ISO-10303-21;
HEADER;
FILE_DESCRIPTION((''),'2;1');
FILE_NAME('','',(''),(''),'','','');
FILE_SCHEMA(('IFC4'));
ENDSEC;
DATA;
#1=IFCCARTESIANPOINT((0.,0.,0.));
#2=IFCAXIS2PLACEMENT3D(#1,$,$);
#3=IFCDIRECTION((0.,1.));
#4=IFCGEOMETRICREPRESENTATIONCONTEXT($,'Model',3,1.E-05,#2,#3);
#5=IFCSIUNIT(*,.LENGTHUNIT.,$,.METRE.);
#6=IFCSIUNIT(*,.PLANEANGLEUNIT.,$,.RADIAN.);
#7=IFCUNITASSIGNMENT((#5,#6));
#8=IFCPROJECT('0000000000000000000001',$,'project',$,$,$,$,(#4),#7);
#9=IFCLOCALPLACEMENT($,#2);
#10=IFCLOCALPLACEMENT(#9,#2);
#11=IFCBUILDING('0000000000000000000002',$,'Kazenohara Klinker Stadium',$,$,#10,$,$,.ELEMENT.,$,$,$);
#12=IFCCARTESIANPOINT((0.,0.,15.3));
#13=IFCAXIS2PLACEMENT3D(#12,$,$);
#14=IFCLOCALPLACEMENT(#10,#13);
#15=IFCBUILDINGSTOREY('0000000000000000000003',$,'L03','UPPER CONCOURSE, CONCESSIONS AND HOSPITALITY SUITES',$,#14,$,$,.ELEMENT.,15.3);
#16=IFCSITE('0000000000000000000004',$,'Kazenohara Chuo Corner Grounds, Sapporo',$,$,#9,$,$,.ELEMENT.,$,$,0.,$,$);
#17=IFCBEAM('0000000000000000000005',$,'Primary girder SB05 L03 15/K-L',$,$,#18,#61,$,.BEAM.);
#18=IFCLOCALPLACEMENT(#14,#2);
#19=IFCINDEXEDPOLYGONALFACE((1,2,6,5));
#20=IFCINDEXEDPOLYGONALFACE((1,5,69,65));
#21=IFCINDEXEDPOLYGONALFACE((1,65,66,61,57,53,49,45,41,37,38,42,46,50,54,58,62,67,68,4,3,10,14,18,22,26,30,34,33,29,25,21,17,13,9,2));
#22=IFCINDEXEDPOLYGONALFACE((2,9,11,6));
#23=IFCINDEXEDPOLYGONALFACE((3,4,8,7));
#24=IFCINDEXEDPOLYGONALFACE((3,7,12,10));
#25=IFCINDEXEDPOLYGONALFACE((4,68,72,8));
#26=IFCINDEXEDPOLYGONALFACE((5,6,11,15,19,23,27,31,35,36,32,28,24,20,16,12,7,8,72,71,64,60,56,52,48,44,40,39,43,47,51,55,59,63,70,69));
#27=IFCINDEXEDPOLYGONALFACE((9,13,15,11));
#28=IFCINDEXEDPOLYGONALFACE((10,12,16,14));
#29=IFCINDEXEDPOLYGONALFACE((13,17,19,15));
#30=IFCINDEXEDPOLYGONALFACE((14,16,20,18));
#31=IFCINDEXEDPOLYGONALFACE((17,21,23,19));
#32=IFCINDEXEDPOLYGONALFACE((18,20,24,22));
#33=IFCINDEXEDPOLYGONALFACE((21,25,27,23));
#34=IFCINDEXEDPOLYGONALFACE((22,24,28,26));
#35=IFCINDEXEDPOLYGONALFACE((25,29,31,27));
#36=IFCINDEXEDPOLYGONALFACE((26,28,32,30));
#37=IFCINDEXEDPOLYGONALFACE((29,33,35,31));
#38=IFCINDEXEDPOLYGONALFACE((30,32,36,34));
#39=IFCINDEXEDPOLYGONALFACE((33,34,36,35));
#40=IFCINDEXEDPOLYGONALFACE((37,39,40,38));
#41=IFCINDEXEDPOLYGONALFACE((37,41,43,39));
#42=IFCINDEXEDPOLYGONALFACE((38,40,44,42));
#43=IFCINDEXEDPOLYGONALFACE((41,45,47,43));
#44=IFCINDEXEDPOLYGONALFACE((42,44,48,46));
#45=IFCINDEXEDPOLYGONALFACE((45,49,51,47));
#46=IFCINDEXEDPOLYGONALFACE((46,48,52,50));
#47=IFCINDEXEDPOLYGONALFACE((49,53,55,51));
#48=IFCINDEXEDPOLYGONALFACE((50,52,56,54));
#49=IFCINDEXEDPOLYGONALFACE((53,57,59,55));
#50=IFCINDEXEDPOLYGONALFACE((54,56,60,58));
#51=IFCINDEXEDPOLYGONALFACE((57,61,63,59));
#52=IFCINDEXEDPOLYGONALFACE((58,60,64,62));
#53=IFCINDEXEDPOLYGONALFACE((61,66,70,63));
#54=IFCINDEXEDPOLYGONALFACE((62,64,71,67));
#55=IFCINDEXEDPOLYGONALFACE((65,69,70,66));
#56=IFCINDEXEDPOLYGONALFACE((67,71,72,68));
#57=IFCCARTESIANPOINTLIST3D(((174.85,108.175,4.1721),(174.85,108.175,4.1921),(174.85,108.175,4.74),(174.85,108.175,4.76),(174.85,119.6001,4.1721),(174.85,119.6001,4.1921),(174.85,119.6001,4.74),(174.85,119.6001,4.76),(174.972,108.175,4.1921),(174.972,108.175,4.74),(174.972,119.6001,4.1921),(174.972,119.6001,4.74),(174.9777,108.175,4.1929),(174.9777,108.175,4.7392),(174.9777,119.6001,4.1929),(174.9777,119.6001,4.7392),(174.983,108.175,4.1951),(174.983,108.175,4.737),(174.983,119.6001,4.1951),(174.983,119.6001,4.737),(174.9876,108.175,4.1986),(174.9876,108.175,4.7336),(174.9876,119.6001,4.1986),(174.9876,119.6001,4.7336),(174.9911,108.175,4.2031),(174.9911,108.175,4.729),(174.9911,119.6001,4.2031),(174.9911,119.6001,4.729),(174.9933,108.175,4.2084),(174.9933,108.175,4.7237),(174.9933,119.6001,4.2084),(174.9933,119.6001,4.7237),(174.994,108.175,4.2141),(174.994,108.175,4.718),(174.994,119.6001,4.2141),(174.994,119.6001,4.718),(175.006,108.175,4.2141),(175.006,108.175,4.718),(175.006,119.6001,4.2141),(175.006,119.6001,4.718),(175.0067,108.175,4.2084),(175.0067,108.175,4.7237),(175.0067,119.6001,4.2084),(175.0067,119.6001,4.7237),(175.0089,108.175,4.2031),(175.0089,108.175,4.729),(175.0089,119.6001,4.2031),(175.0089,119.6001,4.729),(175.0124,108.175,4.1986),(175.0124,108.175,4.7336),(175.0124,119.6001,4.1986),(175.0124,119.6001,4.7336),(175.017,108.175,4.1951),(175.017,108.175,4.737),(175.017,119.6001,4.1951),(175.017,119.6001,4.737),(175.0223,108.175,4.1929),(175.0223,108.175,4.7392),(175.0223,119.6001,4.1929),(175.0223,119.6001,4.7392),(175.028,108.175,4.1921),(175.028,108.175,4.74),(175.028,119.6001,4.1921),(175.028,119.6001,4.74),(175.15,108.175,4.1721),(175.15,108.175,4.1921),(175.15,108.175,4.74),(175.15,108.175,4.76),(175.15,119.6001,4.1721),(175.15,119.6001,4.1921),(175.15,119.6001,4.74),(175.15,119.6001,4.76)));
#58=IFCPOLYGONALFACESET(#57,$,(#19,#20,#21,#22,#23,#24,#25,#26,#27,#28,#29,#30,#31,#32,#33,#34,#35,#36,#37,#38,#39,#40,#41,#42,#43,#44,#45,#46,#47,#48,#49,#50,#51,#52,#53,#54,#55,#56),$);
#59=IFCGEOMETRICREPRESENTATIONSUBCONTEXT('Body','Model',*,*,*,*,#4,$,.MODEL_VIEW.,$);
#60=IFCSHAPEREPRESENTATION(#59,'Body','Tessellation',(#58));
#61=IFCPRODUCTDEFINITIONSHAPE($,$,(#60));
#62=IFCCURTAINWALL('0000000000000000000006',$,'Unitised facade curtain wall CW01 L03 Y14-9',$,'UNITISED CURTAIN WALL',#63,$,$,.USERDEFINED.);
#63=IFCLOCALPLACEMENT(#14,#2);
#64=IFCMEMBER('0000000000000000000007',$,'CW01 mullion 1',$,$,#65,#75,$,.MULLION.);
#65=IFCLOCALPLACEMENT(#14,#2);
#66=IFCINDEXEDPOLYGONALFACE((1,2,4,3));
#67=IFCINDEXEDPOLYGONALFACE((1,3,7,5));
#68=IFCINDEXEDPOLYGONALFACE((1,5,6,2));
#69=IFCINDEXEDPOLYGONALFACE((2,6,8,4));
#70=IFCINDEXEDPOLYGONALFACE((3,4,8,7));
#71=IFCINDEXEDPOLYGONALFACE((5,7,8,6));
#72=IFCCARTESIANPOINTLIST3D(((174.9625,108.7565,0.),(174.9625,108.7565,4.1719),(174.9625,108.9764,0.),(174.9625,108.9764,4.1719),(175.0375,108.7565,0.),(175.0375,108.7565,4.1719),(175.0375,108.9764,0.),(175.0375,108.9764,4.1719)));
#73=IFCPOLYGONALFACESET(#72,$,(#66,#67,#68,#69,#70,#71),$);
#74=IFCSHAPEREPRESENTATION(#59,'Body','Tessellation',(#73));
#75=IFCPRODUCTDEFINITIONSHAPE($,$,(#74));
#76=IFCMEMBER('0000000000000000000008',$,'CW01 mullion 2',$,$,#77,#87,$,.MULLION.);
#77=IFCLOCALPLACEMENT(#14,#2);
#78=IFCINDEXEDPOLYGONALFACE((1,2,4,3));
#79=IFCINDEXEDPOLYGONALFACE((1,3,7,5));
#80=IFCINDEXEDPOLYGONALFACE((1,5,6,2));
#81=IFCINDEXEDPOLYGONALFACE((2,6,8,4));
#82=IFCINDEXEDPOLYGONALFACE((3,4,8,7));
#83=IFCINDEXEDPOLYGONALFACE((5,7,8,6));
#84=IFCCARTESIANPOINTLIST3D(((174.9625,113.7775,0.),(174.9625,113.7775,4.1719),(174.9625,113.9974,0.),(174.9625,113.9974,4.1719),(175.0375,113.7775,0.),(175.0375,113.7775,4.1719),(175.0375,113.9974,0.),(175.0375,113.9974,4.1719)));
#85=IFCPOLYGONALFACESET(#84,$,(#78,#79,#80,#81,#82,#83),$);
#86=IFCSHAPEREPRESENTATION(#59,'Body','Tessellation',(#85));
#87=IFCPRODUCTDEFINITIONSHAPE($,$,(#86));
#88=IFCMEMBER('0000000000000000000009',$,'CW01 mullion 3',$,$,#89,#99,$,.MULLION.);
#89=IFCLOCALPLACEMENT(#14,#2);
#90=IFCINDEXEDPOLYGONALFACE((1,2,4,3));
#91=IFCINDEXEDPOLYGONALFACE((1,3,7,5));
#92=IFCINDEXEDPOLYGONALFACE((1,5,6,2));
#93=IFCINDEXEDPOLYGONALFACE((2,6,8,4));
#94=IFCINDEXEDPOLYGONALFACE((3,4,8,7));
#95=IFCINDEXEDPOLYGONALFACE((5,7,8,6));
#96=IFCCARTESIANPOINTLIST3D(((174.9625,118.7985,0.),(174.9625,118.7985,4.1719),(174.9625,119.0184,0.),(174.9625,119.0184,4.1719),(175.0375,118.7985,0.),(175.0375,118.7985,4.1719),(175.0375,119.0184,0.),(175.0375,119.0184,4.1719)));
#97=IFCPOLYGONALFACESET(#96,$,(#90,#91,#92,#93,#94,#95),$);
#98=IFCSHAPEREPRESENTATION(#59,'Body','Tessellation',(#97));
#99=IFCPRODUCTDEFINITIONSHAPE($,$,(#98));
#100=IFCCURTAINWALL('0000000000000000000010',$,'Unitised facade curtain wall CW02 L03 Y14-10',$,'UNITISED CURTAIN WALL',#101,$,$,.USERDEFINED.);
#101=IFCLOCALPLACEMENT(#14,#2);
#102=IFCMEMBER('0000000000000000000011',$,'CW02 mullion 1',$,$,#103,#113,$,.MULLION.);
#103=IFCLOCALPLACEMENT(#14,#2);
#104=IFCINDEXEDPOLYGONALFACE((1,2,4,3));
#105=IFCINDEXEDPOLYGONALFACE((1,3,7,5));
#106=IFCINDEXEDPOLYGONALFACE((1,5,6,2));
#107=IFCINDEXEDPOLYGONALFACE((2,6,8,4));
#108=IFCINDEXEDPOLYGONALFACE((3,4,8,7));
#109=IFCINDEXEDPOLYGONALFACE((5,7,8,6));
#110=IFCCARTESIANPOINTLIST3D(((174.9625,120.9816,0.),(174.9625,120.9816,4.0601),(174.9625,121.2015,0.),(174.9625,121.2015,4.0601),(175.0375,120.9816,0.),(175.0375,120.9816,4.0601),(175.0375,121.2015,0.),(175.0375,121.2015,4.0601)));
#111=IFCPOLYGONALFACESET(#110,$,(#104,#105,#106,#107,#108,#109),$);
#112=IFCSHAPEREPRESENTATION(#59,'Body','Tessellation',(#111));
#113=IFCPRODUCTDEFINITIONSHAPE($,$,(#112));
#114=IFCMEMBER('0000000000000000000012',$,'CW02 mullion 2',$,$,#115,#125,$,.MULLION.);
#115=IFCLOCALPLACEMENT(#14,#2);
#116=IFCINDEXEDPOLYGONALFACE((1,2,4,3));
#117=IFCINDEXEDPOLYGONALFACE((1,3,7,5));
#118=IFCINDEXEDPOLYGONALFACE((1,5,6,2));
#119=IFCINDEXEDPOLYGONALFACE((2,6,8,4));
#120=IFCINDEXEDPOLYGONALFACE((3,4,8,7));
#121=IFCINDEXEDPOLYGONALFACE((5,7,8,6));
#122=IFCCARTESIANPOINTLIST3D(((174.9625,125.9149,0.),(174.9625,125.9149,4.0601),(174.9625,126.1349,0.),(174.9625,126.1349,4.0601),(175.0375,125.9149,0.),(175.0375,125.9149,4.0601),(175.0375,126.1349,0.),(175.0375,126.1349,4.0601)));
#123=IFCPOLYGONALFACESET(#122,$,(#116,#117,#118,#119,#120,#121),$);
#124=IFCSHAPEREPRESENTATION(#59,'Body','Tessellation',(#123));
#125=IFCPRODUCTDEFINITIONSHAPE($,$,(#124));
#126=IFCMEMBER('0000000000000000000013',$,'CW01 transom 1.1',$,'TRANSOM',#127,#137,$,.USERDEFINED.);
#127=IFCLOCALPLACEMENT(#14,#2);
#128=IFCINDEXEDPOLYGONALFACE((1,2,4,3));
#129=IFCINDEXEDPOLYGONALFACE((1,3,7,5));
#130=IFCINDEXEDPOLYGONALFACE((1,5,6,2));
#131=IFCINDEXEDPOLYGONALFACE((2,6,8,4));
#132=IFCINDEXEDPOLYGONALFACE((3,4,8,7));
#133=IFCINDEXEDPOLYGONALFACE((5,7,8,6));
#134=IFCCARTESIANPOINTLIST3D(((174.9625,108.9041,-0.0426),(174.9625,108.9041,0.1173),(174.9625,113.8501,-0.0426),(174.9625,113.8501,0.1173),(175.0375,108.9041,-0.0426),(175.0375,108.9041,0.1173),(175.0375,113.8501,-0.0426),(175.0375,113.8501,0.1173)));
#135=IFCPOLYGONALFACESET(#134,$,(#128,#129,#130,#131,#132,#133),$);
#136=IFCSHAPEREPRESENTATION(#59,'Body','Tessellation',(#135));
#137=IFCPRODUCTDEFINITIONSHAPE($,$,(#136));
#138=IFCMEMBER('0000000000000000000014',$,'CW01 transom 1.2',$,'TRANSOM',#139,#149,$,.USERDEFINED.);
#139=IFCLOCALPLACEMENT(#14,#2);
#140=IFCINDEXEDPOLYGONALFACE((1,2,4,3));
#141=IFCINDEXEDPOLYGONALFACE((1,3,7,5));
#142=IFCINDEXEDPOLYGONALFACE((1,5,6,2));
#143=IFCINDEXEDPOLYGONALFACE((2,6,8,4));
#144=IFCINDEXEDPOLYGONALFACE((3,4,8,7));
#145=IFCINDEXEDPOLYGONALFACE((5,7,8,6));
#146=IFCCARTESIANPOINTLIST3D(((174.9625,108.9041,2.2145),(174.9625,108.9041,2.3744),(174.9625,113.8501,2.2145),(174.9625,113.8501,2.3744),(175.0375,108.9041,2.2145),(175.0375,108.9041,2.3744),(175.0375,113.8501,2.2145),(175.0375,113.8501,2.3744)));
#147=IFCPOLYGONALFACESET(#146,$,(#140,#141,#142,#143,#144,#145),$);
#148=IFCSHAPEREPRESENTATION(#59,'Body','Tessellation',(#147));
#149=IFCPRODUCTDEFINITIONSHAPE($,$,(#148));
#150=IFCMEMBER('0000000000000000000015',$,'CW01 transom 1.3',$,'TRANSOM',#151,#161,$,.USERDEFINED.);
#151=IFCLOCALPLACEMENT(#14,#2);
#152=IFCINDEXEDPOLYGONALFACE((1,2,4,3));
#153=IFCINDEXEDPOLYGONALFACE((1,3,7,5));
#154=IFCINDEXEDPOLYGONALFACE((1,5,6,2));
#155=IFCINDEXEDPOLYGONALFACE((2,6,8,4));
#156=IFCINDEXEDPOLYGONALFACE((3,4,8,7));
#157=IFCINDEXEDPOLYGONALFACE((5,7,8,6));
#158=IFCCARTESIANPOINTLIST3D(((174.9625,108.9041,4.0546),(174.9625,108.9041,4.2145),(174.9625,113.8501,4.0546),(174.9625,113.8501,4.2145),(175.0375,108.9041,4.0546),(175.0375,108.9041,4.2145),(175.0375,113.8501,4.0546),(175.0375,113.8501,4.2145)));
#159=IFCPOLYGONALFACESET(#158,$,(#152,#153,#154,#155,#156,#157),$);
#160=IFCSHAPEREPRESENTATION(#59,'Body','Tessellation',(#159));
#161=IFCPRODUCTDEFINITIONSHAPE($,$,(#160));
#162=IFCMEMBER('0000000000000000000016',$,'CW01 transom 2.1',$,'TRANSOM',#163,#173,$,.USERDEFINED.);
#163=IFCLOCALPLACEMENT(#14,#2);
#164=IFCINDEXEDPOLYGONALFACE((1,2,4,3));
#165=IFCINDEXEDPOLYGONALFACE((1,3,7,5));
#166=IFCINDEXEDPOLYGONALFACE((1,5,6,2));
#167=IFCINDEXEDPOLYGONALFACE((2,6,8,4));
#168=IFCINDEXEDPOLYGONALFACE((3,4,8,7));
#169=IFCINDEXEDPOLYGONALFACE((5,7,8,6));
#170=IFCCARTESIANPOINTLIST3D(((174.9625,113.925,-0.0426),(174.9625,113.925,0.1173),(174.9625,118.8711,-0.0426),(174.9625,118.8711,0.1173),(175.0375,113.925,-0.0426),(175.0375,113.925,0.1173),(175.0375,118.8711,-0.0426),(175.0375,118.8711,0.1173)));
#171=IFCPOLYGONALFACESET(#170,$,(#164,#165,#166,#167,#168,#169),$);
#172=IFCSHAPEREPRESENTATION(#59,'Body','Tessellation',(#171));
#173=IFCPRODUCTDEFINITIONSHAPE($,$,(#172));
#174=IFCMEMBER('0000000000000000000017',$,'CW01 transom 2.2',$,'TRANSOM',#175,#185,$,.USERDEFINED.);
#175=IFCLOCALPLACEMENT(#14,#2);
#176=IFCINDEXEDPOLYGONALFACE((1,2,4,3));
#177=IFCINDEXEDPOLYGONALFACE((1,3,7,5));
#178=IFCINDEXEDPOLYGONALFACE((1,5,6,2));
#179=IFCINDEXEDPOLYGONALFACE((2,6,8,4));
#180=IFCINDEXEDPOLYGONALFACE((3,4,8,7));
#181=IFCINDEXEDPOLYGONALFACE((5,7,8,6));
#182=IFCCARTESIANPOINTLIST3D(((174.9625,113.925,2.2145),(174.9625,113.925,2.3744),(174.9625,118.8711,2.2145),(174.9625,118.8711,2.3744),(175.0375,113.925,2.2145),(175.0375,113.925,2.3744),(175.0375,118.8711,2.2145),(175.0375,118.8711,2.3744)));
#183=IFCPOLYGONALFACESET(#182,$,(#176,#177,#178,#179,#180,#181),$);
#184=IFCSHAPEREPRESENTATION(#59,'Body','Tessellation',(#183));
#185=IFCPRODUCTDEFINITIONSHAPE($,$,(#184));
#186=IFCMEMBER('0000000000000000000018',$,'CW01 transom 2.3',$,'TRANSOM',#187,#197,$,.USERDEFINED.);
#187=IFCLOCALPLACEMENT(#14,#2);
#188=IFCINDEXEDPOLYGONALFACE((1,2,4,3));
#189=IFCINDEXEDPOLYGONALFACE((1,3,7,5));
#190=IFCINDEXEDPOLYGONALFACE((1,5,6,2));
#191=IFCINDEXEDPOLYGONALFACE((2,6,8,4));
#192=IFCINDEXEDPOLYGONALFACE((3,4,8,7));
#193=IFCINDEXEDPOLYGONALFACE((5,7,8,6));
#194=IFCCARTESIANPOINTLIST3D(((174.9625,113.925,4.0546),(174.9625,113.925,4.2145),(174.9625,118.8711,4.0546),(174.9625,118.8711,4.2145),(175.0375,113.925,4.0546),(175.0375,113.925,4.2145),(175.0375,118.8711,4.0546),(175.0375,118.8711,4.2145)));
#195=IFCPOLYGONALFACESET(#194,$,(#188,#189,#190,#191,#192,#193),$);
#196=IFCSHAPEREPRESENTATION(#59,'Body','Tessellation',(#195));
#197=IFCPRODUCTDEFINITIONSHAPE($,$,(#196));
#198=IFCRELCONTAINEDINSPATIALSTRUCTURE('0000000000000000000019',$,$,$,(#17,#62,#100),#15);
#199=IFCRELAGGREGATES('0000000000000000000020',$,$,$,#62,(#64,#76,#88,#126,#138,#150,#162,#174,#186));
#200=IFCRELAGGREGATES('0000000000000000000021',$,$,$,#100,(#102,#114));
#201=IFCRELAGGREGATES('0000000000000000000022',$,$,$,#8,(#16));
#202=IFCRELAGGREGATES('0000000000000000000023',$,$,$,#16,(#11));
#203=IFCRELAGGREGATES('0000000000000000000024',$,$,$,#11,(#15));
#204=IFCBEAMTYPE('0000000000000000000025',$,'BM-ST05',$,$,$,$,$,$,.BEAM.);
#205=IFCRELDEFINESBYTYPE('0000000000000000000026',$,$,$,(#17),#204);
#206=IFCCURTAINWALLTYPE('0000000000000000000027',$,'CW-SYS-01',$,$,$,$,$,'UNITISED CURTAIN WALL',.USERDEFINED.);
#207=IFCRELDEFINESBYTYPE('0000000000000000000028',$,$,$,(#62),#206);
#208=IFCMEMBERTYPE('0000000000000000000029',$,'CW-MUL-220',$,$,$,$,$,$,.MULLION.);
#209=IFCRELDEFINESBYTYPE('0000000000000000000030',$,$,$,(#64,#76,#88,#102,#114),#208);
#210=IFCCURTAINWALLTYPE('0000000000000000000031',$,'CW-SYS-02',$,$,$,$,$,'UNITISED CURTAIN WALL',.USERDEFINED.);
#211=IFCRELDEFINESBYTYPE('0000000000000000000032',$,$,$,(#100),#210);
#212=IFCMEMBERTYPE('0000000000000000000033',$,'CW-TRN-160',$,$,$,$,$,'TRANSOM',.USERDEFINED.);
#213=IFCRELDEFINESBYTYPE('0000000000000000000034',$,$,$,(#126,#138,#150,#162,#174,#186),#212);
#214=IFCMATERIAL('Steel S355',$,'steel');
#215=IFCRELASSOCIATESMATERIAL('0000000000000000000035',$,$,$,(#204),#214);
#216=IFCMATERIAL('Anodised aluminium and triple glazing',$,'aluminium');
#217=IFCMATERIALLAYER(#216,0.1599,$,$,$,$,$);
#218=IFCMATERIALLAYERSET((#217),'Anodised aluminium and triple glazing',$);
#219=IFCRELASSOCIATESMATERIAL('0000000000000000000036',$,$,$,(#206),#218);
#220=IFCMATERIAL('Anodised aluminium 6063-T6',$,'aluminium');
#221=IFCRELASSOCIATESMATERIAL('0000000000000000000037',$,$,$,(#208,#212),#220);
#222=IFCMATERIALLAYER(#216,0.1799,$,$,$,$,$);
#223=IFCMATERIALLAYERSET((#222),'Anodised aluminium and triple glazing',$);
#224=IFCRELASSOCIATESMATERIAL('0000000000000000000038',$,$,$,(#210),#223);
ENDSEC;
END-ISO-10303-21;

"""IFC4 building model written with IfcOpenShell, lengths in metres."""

from ifc_helpers import new_model, si_unit, direction, frame, origin, origin_2d, place, context, subcontext, project, spatial, rectangle, i_section, extrude, material, layer, layer_set, material_profile, profile_set, type_object, element, aggregate, save


model = new_model("IFC4")

# Units and contexts
model_context = context("Model", 3, precision=1e-05, world=origin(), true_north=direction((0.0, 1.0)))
body_context = subcontext(model_context, "Body", "Model", "MODEL_VIEW")
ifc_project = project(units=[si_unit("LENGTHUNIT", "METRE"), si_unit("PLANEANGLEUNIT", "RADIAN")], contexts=[model_context])

# Site, building, storey
site_placement = place(None, origin())
site = spatial("IfcSite", under=ifc_project, at=site_placement, Name="Kazenohara Chuo Corner Grounds, Sapporo", CompositionType="ELEMENT", RefElevation=0.0)
building_placement = place(site_placement, origin())
building = spatial("IfcBuilding", under=site, at=building_placement, Name="Kazenohara Klinker Stadium", CompositionType="ELEMENT")
storey_placement = place(building_placement, frame((0.0, 0.0, 15.3)))
storey = spatial("IfcBuildingStorey", under=building, at=storey_placement, Name="L03", Description="UPPER CONCOURSE, CONCESSIONS AND HOSPITALITY SUITES", CompositionType="ELEMENT", Elevation=15.3)

# Shared definitions
ifc_material_1 = material(Name="Steel S355", Category="steel")

# Beam
ifc_material_profile_1 = material_profile(ifc_material_1, i_section(OverallWidth=0.3, OverallDepth=0.5879, WebThickness=0.012, FlangeThickness=0.02, FilletRadius=0.022, at=origin_2d()), Name="H-588x300x12x20")
ifc_profile_set_1 = profile_set([ifc_material_profile_1], Name="Steel S355")
beam_type_1 = type_object("IfcBeamType", Name="BM-ST05", PredefinedType="BEAM", material=ifc_profile_set_1)
beam_1_placement = place(storey_placement, frame((175.0, 108.175, 4.4661), z_axis=(0.0, 1.0, 0.0), x_axis=(-1.0, 0.0, 0.0)))
element("IfcBeam", 1, at=beam_1_placement, inside=storey, type_object=beam_type_1, Name="Primary girder SB05 L03 15/K-L", PredefinedType="BEAM", context=body_context, shape_type="SweptSolid", body=[
    extrude(i_section(OverallWidth=0.3, OverallDepth=0.5879, WebThickness=0.012, FlangeThickness=0.02, FilletRadius=0.022, at=origin_2d()), origin(), (0.0, 0.0, 1.0), 11.425),
])

# Curtain walls, members
ifc_material_2 = material(Name="Anodised aluminium and triple glazing", Category="aluminium")
ifc_layer_1 = layer(ifc_material_2, 0.1599)
ifc_layer_set_1 = layer_set([ifc_layer_1], Name="Anodised aluminium and triple glazing")
curtain_wall_type_1 = type_object("IfcCurtainWallType", Name="CW-SYS-01", ElementType="UNITISED CURTAIN WALL", PredefinedType="USERDEFINED", material=ifc_layer_set_1)
curtain_wall_1_placement = place(storey_placement, origin())
curtain_wall_1 = element("IfcCurtainWall", 2, at=curtain_wall_1_placement, inside=storey, type_object=curtain_wall_type_1, Name="Unitised facade curtain wall CW01 L03 Y14-9", ObjectType="UNITISED CURTAIN WALL", PredefinedType="USERDEFINED")
ifc_material_3 = material(Name="Anodised aluminium 6063-T6", Category="aluminium")
ifc_material_profile_2 = material_profile(ifc_material_3, rectangle(XDim=0.075, YDim=0.22, at=origin_2d()), Name="ALU-MUL-75x220")
ifc_profile_set_2 = profile_set([ifc_material_profile_2], Name="Anodised aluminium 6063-T6")
member_type_1 = type_object("IfcMemberType", Name="CW-MUL-220", PredefinedType="MULLION", material=ifc_profile_set_2)
member_1_placement = place(storey_placement, frame((175.0, 108.8665, 0.0), z_axis=(0.0, 0.0, 1.0), x_axis=(-1.0, 0.0, 0.0)))
member_1 = element("IfcMember", 3, at=member_1_placement, type_object=member_type_1, Name="CW01 mullion 1", PredefinedType="MULLION", context=body_context, shape_type="SweptSolid", body=[
    extrude(rectangle(XDim=0.075, YDim=0.22, at=origin_2d()), origin(), (0.0, 0.0, 1.0), 4.1719),
])
member_2_placement = place(storey_placement, frame((175.0, 113.8875, 0.0), z_axis=(0.0, 0.0, 1.0), x_axis=(-1.0, 0.0, 0.0)))
member_2 = element("IfcMember", 4, at=member_2_placement, type_object=member_type_1, Name="CW01 mullion 2", PredefinedType="MULLION", context=body_context, shape_type="SweptSolid", body=[
    extrude(rectangle(XDim=0.075, YDim=0.22, at=origin_2d()), origin(), (0.0, 0.0, 1.0), 4.1719),
])
member_3_placement = place(storey_placement, frame((175.0, 118.9084, 0.0), z_axis=(0.0, 0.0, 1.0), x_axis=(-1.0, 0.0, 0.0)))
member_3 = element("IfcMember", 5, at=member_3_placement, type_object=member_type_1, Name="CW01 mullion 3", PredefinedType="MULLION", context=body_context, shape_type="SweptSolid", body=[
    extrude(rectangle(XDim=0.075, YDim=0.22, at=origin_2d()), origin(), (0.0, 0.0, 1.0), 4.1719),
])
ifc_layer_2 = layer(ifc_material_2, 0.1799)
ifc_layer_set_2 = layer_set([ifc_layer_2], Name="Anodised aluminium and triple glazing")
curtain_wall_type_2 = type_object("IfcCurtainWallType", Name="CW-SYS-02", ElementType="UNITISED CURTAIN WALL", PredefinedType="USERDEFINED", material=ifc_layer_set_2)
curtain_wall_2_placement = place(storey_placement, origin())
curtain_wall_2 = element("IfcCurtainWall", 6, at=curtain_wall_2_placement, inside=storey, type_object=curtain_wall_type_2, Name="Unitised facade curtain wall CW02 L03 Y14-10", ObjectType="UNITISED CURTAIN WALL", PredefinedType="USERDEFINED")
member_4_placement = place(storey_placement, frame((175.0, 121.0916, 0.0), z_axis=(0.0, 0.0, 1.0), x_axis=(-1.0, 0.0, 0.0)))
member_4 = element("IfcMember", 7, at=member_4_placement, type_object=member_type_1, Name="CW02 mullion 1", PredefinedType="MULLION", context=body_context, shape_type="SweptSolid", body=[
    extrude(rectangle(XDim=0.075, YDim=0.22, at=origin_2d()), origin(), (0.0, 0.0, 1.0), 4.0601),
])
member_5_placement = place(storey_placement, frame((175.0, 126.0249, 0.0), z_axis=(0.0, 0.0, 1.0), x_axis=(-1.0, 0.0, 0.0)))
member_5 = element("IfcMember", 8, at=member_5_placement, type_object=member_type_1, Name="CW02 mullion 2", PredefinedType="MULLION", context=body_context, shape_type="SweptSolid", body=[
    extrude(rectangle(XDim=0.075, YDim=0.22, at=origin_2d()), origin(), (0.0, 0.0, 1.0), 4.0601),
])

# Members
ifc_material_profile_3 = material_profile(ifc_material_3, rectangle(XDim=0.075, YDim=0.1599, at=origin_2d()), Name="ALU-TRN-75x160")
ifc_profile_set_3 = profile_set([ifc_material_profile_3], Name="Anodised aluminium 6063-T6")
member_type_2 = type_object("IfcMemberType", Name="CW-TRN-160", ElementType="TRANSOM", PredefinedType="USERDEFINED", material=ifc_profile_set_3)
member_6_placement = place(storey_placement, frame((175.0, 108.9041, 0.0374), z_axis=(0.0, 1.0, 0.0), x_axis=(-1.0, 0.0, 0.0)))
member_6 = element("IfcMember", 9, at=member_6_placement, type_object=member_type_2, Name="CW01 transom 1.1", ObjectType="TRANSOM", PredefinedType="USERDEFINED", context=body_context, shape_type="SweptSolid", body=[
    extrude(rectangle(XDim=0.075, YDim=0.1599, at=origin_2d()), origin(), (0.0, 0.0, 1.0), 4.946),
])
member_7_placement = place(storey_placement, frame((175.0, 108.9041, 2.2944), z_axis=(0.0, 1.0, 0.0), x_axis=(-1.0, 0.0, 0.0)))
member_7 = element("IfcMember", 10, at=member_7_placement, type_object=member_type_2, Name="CW01 transom 1.2", ObjectType="TRANSOM", PredefinedType="USERDEFINED", context=body_context, shape_type="SweptSolid", body=[
    extrude(rectangle(XDim=0.075, YDim=0.1599, at=origin_2d()), origin(), (0.0, 0.0, 1.0), 4.946),
])
member_8_placement = place(storey_placement, frame((175.0, 108.9041, 4.1345), z_axis=(0.0, 1.0, 0.0), x_axis=(-1.0, 0.0, 0.0)))
member_8 = element("IfcMember", 11, at=member_8_placement, type_object=member_type_2, Name="CW01 transom 1.3", ObjectType="TRANSOM", PredefinedType="USERDEFINED", context=body_context, shape_type="SweptSolid", body=[
    extrude(rectangle(XDim=0.075, YDim=0.1599, at=origin_2d()), origin(), (0.0, 0.0, 1.0), 4.946),
])
member_9_placement = place(storey_placement, frame((175.0, 113.925, 0.0374), z_axis=(0.0, 1.0, 0.0), x_axis=(-1.0, 0.0, 0.0)))
member_9 = element("IfcMember", 12, at=member_9_placement, type_object=member_type_2, Name="CW01 transom 2.1", ObjectType="TRANSOM", PredefinedType="USERDEFINED", context=body_context, shape_type="SweptSolid", body=[
    extrude(rectangle(XDim=0.075, YDim=0.1599, at=origin_2d()), origin(), (0.0, 0.0, 1.0), 4.946),
])
member_10_placement = place(storey_placement, frame((175.0, 113.925, 2.2944), z_axis=(0.0, 1.0, 0.0), x_axis=(-1.0, 0.0, 0.0)))
member_10 = element("IfcMember", 13, at=member_10_placement, type_object=member_type_2, Name="CW01 transom 2.2", ObjectType="TRANSOM", PredefinedType="USERDEFINED", context=body_context, shape_type="SweptSolid", body=[
    extrude(rectangle(XDim=0.075, YDim=0.1599, at=origin_2d()), origin(), (0.0, 0.0, 1.0), 4.946),
])
member_11_placement = place(storey_placement, frame((175.0, 113.925, 4.1345), z_axis=(0.0, 1.0, 0.0), x_axis=(-1.0, 0.0, 0.0)))
member_11 = element("IfcMember", 14, at=member_11_placement, type_object=member_type_2, Name="CW01 transom 2.3", ObjectType="TRANSOM", PredefinedType="USERDEFINED", context=body_context, shape_type="SweptSolid", body=[
    extrude(rectangle(XDim=0.075, YDim=0.1599, at=origin_2d()), origin(), (0.0, 0.0, 1.0), 4.946),
])

aggregate(curtain_wall_1, [member_1, member_2, member_3, member_6, member_7, member_8, member_9, member_10, member_11])
aggregate(curtain_wall_2, [member_4, member_5])

save(model, "model.ifc")
